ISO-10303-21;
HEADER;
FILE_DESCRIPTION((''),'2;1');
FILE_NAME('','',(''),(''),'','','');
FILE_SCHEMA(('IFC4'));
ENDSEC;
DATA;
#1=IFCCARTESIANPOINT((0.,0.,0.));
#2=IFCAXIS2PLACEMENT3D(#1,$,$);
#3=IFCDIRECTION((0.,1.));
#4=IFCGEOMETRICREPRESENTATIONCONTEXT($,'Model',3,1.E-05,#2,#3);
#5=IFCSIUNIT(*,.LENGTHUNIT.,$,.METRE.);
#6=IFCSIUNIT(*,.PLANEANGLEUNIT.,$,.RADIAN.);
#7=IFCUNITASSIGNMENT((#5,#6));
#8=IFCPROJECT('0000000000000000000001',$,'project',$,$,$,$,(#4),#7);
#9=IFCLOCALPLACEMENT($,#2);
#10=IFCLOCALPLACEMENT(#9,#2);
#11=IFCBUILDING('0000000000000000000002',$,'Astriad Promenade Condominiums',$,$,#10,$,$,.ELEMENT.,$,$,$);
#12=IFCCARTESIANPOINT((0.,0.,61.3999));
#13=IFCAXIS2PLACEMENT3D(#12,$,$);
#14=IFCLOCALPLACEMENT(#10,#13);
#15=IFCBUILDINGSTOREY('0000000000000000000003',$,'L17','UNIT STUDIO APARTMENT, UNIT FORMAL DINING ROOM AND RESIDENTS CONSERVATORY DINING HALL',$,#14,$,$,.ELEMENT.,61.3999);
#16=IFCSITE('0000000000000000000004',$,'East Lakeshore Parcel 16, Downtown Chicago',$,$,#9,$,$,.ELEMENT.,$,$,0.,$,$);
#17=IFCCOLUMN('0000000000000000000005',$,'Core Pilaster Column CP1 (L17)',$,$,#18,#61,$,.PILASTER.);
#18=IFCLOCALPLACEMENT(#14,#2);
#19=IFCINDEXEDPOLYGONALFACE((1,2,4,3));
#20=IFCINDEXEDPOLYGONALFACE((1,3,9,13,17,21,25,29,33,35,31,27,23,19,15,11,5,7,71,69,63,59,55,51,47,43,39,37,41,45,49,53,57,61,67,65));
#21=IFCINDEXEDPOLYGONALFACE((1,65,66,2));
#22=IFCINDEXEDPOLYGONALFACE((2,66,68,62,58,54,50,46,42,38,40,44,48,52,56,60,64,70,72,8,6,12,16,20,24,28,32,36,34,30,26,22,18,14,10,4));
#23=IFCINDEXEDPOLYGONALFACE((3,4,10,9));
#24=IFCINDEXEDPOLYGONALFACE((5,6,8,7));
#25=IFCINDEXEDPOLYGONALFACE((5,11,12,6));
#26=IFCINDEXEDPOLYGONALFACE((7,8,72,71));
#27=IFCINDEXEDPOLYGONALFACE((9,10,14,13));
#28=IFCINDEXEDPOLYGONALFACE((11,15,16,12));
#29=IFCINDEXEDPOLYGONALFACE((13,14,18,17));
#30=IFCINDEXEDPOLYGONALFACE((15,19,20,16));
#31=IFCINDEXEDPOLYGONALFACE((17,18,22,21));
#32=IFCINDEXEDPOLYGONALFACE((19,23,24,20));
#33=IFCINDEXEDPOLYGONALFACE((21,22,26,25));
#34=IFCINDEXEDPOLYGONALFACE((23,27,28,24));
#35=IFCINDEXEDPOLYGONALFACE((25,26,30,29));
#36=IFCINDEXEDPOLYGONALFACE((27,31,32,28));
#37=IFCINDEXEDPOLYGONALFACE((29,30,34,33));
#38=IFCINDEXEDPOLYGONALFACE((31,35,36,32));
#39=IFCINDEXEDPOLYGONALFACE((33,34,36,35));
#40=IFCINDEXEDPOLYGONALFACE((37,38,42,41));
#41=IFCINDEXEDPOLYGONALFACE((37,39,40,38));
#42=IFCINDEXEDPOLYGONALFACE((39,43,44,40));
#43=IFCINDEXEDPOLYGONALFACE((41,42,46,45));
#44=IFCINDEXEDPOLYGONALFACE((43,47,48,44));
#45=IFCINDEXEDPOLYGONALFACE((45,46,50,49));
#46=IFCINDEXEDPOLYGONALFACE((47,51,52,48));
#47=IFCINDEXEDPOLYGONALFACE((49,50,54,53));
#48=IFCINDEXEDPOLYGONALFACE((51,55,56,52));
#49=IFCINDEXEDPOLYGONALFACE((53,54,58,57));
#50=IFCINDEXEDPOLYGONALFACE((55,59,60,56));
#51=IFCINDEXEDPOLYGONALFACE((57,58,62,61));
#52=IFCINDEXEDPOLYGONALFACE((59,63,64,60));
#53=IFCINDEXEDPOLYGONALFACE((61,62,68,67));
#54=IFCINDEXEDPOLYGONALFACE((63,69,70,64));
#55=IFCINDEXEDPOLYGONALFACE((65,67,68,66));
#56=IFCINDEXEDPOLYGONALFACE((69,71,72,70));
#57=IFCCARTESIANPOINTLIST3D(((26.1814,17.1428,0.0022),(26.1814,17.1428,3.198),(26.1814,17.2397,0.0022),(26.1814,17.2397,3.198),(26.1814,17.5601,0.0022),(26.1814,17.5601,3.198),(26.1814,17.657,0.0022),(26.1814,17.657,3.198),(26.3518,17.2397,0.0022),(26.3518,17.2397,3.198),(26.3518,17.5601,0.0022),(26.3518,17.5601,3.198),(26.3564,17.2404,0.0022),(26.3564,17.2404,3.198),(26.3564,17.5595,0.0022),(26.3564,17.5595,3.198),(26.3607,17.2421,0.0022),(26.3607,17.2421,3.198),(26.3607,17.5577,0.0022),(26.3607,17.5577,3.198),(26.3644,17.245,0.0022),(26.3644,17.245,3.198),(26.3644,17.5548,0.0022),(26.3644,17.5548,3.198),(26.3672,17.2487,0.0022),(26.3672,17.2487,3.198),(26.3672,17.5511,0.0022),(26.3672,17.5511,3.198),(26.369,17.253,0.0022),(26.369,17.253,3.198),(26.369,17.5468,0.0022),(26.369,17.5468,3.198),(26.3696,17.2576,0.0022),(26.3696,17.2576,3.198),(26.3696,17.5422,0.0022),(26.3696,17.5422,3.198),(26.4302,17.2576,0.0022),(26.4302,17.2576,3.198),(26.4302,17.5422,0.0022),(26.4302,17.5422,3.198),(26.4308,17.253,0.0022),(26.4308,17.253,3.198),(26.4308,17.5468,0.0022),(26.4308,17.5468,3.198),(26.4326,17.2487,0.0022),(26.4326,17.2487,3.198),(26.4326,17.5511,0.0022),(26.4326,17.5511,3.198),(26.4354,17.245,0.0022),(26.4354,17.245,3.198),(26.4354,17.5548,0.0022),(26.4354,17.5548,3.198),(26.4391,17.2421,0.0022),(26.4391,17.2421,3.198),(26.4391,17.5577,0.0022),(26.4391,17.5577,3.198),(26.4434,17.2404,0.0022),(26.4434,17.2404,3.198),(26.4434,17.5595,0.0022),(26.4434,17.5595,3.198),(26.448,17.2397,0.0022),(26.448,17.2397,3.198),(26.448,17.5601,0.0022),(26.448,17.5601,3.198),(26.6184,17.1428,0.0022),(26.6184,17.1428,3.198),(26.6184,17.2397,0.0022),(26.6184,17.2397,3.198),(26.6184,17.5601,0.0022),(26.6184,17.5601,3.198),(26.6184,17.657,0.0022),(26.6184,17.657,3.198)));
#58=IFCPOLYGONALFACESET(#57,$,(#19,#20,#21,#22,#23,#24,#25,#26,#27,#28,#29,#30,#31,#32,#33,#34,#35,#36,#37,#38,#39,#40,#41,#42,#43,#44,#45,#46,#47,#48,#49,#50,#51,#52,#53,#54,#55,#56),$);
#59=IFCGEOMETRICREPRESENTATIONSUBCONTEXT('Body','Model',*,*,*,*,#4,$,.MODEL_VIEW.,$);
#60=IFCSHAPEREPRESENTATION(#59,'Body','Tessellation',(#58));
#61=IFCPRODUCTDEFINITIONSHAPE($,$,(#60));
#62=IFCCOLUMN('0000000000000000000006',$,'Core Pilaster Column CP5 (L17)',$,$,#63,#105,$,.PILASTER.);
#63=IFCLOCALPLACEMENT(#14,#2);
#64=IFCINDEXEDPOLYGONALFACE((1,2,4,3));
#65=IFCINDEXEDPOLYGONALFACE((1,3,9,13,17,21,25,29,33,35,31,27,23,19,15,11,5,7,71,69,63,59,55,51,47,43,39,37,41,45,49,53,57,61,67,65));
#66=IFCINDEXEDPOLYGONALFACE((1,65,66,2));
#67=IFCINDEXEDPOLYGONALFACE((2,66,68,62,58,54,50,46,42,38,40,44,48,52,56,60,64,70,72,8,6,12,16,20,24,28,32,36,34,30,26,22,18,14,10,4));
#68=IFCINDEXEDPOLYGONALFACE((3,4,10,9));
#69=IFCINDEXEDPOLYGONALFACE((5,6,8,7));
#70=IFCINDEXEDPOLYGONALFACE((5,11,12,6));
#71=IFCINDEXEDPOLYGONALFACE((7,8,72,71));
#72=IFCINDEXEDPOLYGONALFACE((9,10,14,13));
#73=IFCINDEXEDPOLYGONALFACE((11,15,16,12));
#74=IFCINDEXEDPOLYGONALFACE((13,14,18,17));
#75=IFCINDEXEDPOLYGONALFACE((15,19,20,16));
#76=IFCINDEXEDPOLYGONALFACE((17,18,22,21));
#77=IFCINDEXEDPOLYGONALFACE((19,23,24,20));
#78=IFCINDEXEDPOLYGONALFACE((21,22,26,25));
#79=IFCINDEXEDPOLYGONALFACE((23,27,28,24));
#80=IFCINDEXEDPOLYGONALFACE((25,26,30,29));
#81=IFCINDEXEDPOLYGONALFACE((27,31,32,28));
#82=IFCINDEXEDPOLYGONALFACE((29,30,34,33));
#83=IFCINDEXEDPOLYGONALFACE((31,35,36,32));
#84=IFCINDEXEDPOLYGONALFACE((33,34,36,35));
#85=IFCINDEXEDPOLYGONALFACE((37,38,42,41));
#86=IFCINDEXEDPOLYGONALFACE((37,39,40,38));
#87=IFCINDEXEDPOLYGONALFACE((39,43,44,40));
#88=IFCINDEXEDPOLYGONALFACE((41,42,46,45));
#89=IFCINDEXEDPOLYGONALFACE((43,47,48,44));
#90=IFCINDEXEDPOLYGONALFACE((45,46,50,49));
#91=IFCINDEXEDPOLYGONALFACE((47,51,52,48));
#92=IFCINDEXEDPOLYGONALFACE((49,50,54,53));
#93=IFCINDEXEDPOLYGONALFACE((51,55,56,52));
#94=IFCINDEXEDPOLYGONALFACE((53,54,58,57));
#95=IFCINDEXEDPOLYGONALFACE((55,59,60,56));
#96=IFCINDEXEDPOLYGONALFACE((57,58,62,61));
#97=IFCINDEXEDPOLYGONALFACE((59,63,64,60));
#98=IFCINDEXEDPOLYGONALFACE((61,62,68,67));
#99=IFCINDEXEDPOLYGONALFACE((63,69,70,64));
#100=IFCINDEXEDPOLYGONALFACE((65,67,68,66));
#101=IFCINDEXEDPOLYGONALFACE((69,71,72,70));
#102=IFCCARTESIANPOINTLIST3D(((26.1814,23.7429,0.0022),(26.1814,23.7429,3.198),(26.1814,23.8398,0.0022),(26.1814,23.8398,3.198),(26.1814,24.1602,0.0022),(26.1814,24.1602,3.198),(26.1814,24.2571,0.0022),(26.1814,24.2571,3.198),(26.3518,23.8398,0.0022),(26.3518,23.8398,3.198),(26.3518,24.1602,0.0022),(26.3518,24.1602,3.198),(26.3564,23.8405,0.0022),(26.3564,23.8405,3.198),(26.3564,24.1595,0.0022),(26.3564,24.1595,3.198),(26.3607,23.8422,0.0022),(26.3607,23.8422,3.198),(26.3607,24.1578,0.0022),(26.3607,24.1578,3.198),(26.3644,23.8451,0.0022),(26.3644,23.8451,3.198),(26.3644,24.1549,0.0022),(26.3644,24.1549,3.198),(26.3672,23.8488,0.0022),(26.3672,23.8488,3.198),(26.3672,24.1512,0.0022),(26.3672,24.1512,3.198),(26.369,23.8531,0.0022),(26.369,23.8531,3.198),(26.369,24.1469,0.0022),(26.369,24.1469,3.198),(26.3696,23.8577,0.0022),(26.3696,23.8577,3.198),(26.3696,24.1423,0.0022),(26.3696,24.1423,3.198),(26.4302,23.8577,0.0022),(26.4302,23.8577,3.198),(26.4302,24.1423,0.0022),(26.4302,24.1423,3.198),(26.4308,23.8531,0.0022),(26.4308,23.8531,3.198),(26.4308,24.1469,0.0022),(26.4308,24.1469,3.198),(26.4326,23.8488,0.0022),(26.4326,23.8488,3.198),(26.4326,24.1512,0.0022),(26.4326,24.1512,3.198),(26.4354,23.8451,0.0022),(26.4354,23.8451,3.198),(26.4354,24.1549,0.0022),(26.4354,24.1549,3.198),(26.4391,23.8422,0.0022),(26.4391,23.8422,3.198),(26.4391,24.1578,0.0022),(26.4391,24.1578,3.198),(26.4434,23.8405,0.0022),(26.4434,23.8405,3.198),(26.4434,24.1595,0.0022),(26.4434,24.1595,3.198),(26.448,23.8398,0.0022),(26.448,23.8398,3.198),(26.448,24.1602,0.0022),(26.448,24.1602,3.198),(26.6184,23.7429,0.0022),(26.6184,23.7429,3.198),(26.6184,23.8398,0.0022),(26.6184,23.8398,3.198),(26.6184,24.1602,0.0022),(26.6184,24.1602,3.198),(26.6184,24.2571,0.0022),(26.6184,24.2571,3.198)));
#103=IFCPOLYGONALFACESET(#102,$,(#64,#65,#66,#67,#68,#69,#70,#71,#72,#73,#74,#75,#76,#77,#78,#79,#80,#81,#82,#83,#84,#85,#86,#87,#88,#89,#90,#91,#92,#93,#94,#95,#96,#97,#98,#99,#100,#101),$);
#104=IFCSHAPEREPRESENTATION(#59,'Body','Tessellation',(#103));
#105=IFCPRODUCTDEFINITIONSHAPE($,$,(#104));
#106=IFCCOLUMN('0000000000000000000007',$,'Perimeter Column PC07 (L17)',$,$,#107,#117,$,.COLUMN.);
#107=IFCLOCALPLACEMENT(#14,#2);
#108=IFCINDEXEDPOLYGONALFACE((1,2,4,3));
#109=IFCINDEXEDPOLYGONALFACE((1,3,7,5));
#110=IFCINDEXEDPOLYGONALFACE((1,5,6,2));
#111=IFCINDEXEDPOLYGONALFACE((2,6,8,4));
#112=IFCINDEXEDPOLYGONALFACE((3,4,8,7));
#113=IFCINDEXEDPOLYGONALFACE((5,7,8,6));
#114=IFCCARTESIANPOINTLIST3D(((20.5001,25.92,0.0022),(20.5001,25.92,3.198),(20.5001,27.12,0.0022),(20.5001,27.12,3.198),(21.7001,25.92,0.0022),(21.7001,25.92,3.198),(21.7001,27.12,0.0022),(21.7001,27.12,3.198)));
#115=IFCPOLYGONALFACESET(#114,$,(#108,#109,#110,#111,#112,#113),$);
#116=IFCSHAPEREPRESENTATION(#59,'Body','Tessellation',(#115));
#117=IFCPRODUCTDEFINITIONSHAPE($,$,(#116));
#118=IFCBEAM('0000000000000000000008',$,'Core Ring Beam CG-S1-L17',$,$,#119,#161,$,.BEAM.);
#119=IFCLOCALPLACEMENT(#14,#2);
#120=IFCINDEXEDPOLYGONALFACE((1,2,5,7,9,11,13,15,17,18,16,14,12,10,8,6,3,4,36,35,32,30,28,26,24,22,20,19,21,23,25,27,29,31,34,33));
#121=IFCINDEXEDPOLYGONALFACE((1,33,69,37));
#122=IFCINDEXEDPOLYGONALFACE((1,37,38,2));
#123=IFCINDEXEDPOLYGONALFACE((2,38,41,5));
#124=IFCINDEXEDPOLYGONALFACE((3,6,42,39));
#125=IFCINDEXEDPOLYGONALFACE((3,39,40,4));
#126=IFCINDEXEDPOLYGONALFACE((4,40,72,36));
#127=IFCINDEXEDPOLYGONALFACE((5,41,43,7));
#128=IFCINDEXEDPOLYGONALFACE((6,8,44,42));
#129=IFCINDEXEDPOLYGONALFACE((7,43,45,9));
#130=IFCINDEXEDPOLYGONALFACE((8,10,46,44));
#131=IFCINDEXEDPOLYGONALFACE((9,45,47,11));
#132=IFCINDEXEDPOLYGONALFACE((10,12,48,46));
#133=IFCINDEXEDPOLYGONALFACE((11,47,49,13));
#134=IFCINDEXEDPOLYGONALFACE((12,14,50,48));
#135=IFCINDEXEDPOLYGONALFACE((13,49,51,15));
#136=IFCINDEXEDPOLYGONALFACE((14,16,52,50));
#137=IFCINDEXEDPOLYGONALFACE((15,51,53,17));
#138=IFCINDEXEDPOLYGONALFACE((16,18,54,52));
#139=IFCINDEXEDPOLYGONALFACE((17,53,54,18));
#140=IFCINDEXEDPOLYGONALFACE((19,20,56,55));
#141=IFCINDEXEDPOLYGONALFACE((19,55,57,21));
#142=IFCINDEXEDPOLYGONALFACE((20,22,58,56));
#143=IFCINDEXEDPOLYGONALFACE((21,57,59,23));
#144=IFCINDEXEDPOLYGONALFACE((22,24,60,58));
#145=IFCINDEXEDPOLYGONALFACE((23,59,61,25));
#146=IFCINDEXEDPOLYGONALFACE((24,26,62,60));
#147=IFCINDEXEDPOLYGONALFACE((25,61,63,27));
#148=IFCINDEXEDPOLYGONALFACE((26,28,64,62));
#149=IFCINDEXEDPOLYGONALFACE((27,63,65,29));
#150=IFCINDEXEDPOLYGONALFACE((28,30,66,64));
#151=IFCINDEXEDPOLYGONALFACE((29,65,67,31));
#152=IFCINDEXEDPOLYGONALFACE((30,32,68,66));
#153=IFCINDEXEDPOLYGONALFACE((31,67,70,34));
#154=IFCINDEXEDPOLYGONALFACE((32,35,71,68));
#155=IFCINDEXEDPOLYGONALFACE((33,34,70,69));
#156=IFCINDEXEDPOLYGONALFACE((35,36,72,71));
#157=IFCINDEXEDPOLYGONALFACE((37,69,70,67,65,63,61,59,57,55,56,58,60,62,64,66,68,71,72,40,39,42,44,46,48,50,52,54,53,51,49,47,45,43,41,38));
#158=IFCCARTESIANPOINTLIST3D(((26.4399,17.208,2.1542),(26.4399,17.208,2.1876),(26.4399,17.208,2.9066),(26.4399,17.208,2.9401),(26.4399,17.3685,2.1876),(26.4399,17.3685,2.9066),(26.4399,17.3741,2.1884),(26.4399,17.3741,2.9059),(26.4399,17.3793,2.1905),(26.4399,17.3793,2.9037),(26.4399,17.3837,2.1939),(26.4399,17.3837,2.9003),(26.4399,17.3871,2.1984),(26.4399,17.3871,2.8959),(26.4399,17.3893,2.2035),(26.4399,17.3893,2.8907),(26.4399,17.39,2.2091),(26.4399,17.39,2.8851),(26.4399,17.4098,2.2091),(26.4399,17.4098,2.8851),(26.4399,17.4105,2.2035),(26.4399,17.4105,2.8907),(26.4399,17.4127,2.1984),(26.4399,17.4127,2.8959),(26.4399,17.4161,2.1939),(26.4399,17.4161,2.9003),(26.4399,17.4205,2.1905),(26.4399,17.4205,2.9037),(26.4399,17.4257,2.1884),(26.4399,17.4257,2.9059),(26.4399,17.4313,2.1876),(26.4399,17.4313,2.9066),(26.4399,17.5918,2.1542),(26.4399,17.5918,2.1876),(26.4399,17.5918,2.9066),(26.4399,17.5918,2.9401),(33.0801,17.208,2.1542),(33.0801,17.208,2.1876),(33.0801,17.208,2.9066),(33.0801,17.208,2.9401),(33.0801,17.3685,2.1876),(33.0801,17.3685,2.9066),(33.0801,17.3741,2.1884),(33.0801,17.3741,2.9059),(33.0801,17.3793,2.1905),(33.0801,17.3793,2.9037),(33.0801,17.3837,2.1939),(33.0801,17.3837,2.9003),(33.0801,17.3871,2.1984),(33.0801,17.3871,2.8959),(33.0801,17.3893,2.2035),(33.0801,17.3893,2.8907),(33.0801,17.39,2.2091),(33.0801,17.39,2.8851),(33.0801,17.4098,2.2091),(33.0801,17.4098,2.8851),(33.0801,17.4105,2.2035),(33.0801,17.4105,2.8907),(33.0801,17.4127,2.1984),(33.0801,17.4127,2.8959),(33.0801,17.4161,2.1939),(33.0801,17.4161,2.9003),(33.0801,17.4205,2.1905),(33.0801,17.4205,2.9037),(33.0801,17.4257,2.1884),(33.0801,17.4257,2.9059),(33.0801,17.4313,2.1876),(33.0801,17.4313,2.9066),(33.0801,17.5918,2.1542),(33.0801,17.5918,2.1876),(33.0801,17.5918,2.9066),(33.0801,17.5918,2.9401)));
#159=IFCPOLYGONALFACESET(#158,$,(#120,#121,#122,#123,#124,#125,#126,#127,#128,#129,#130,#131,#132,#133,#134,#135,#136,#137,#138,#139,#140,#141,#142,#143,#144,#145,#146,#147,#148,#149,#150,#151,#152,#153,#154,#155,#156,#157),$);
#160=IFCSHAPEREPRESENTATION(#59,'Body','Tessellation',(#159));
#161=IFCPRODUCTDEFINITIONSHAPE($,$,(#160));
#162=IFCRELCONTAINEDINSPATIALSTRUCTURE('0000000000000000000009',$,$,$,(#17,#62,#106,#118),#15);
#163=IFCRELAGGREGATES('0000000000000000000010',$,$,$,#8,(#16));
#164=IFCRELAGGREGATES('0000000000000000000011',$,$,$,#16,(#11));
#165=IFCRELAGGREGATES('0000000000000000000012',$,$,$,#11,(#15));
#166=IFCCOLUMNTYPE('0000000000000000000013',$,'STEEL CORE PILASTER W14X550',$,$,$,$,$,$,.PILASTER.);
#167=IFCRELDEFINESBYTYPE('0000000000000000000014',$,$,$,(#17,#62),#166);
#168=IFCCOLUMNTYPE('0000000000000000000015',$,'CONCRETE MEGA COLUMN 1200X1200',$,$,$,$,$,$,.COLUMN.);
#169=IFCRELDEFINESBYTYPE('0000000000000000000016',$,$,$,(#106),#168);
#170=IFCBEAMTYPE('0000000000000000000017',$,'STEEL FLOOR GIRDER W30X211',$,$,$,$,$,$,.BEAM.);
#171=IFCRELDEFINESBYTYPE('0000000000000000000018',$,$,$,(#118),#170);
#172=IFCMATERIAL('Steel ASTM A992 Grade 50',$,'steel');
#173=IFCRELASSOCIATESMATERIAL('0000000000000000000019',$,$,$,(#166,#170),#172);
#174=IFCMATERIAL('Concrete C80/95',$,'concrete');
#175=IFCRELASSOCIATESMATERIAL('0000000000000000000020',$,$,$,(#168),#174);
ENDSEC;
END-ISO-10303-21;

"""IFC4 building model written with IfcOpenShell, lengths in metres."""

from ifc_helpers import new_model, si_unit, direction, frame, origin, origin_2d, place, context, subcontext, project, spatial, rectangle, i_section, extrude, source, transform, mapped, material, material_profile, profile_set, type_object, type_shapes, element, save


model = new_model("IFC4")

# Units and contexts
model_context = context("Model", 3, precision=1e-05, world=origin(), true_north=direction((0.0, 1.0)))
body_context = subcontext(model_context, "Body", "Model", "MODEL_VIEW")
ifc_project = project(units=[si_unit("LENGTHUNIT", "METRE"), si_unit("PLANEANGLEUNIT", "RADIAN")], contexts=[model_context])

# Site, building, storey
site_placement = place(None, origin())
site = spatial("IfcSite", under=ifc_project, at=site_placement, Name="East Lakeshore Parcel 16, Downtown Chicago", CompositionType="ELEMENT", RefElevation=0.0)
building_placement = place(site_placement, origin())
building = spatial("IfcBuilding", under=site, at=building_placement, Name="Astriad Promenade Condominiums", CompositionType="ELEMENT")
storey_placement = place(building_placement, frame((0.0, 0.0, 61.3999)))
storey = spatial("IfcBuildingStorey", under=building, at=storey_placement, Name="L17", Description="UNIT STUDIO APARTMENT, UNIT FORMAL DINING ROOM AND RESIDENTS CONSERVATORY DINING HALL", CompositionType="ELEMENT", Elevation=61.3999)

# Columns
ifc_material_1 = material(Name="Steel ASTM A992 Grade 50", Category="steel")
ifc_material_profile_1 = material_profile(ifc_material_1, i_section(OverallWidth=0.437, OverallDepth=0.5142, WebThickness=0.0605, FlangeThickness=0.0969, FilletRadius=0.0178, at=origin_2d()), Name="W14X550")
ifc_profile_set_1 = profile_set([ifc_material_profile_1], Name="Steel ASTM A992 Grade 50")
column_type_1 = type_object("IfcColumnType", Name="STEEL CORE PILASTER W14X550", PredefinedType="PILASTER", material=ifc_profile_set_1)
shared_shape_1 = source(origin(), body_context, "Body", "SweptSolid", [
    extrude(i_section(OverallWidth=0.437, OverallDepth=0.5142, WebThickness=0.0605, FlangeThickness=0.0969, FilletRadius=0.0178, at=origin_2d()), origin(), (0.0, 0.0, 1.0), 3.1958),
])
type_shapes(column_type_1, [shared_shape_1])
for number, where, z_axis, x_axis, name in (
    (1, (26.3999, 17.3999, 0.0022), (0.0, 0.0, 1.0), (1.0, 0.0, 0.0), "Core Pilaster Column CP1 (L17)"),
    (2, (26.3999, 24.0, 0.0022), (0.0, 0.0, 1.0), (1.0, 0.0, 0.0), "Core Pilaster Column CP5 (L17)"),
):
    element("IfcColumn", number, at=place(storey_placement, frame(where, z_axis=z_axis, x_axis=x_axis)), inside=storey, type_object=column_type_1, Name=name, PredefinedType="PILASTER", context=body_context, shape_type="MappedRepresentation", body=[
        mapped(shared_shape_1, transform((0.0, 0.0, 0.0), scale=1.0)),
    ])
ifc_material_2 = material(Name="Concrete C80/95", Category="concrete")
ifc_material_profile_2 = material_profile(ifc_material_2, rectangle(XDim=1.2, YDim=1.2, at=origin_2d()), Name="RC-COL-1200X1200")
ifc_profile_set_2 = profile_set([ifc_material_profile_2], Name="Concrete C80/95")
column_type_2 = type_object("IfcColumnType", Name="CONCRETE MEGA COLUMN 1200X1200", PredefinedType="COLUMN", material=ifc_profile_set_2)
shared_shape_2 = source(origin(), body_context, "Body", "SweptSolid", [
    extrude(rectangle(XDim=1.2, YDim=1.2, at=origin_2d()), origin(), (0.0, 0.0, 1.0), 3.1958),
])
type_shapes(column_type_2, [shared_shape_2])
column_placement = place(storey_placement, frame((21.1001, 26.52, 0.0022), z_axis=(0.0, 0.0, 1.0), x_axis=(1.0, 0.0, 0.0)))
element("IfcColumn", 3, at=column_placement, inside=storey, type_object=column_type_2, Name="Perimeter Column PC07 (L17)", PredefinedType="COLUMN", context=body_context, shape_type="MappedRepresentation", body=[
    mapped(shared_shape_2, transform((0.0, 0.0, 0.0), scale=1.0)),
])

# Beam
ifc_material_profile_3 = material_profile(ifc_material_1, i_section(OverallWidth=0.3838, OverallDepth=0.7859, WebThickness=0.0198, FlangeThickness=0.0334, FilletRadius=0.0215, at=origin_2d()), Name="W30X211")
ifc_profile_set_3 = profile_set([ifc_material_profile_3], Name="Steel ASTM A992 Grade 50")
beam_type_1 = type_object("IfcBeamType", Name="STEEL FLOOR GIRDER W30X211", PredefinedType="BEAM", material=ifc_profile_set_3)
shared_shape_3 = source(origin(), body_context, "Body", "SweptSolid", [
    extrude(i_section(OverallWidth=0.3838, OverallDepth=0.7859, WebThickness=0.0198, FlangeThickness=0.0334, FilletRadius=0.0215, at=origin_2d()), origin(), (0.0, 0.0, 1.0), 6.6401),
])
type_shapes(beam_type_1, [shared_shape_3])
beam_1_placement = place(storey_placement, frame((26.4399, 17.3999, 2.5471), z_axis=(1.0, 0.0, 0.0), x_axis=(0.0, 1.0, 0.0)))
element("IfcBeam", 4, at=beam_1_placement, inside=storey, type_object=beam_type_1, Name="Core Ring Beam CG-S1-L17", PredefinedType="BEAM", context=body_context, shape_type="MappedRepresentation", body=[
    mapped(shared_shape_3, transform((0.0, 0.0, 0.0), scale=1.0)),
])

save(model, "model.ifc")
